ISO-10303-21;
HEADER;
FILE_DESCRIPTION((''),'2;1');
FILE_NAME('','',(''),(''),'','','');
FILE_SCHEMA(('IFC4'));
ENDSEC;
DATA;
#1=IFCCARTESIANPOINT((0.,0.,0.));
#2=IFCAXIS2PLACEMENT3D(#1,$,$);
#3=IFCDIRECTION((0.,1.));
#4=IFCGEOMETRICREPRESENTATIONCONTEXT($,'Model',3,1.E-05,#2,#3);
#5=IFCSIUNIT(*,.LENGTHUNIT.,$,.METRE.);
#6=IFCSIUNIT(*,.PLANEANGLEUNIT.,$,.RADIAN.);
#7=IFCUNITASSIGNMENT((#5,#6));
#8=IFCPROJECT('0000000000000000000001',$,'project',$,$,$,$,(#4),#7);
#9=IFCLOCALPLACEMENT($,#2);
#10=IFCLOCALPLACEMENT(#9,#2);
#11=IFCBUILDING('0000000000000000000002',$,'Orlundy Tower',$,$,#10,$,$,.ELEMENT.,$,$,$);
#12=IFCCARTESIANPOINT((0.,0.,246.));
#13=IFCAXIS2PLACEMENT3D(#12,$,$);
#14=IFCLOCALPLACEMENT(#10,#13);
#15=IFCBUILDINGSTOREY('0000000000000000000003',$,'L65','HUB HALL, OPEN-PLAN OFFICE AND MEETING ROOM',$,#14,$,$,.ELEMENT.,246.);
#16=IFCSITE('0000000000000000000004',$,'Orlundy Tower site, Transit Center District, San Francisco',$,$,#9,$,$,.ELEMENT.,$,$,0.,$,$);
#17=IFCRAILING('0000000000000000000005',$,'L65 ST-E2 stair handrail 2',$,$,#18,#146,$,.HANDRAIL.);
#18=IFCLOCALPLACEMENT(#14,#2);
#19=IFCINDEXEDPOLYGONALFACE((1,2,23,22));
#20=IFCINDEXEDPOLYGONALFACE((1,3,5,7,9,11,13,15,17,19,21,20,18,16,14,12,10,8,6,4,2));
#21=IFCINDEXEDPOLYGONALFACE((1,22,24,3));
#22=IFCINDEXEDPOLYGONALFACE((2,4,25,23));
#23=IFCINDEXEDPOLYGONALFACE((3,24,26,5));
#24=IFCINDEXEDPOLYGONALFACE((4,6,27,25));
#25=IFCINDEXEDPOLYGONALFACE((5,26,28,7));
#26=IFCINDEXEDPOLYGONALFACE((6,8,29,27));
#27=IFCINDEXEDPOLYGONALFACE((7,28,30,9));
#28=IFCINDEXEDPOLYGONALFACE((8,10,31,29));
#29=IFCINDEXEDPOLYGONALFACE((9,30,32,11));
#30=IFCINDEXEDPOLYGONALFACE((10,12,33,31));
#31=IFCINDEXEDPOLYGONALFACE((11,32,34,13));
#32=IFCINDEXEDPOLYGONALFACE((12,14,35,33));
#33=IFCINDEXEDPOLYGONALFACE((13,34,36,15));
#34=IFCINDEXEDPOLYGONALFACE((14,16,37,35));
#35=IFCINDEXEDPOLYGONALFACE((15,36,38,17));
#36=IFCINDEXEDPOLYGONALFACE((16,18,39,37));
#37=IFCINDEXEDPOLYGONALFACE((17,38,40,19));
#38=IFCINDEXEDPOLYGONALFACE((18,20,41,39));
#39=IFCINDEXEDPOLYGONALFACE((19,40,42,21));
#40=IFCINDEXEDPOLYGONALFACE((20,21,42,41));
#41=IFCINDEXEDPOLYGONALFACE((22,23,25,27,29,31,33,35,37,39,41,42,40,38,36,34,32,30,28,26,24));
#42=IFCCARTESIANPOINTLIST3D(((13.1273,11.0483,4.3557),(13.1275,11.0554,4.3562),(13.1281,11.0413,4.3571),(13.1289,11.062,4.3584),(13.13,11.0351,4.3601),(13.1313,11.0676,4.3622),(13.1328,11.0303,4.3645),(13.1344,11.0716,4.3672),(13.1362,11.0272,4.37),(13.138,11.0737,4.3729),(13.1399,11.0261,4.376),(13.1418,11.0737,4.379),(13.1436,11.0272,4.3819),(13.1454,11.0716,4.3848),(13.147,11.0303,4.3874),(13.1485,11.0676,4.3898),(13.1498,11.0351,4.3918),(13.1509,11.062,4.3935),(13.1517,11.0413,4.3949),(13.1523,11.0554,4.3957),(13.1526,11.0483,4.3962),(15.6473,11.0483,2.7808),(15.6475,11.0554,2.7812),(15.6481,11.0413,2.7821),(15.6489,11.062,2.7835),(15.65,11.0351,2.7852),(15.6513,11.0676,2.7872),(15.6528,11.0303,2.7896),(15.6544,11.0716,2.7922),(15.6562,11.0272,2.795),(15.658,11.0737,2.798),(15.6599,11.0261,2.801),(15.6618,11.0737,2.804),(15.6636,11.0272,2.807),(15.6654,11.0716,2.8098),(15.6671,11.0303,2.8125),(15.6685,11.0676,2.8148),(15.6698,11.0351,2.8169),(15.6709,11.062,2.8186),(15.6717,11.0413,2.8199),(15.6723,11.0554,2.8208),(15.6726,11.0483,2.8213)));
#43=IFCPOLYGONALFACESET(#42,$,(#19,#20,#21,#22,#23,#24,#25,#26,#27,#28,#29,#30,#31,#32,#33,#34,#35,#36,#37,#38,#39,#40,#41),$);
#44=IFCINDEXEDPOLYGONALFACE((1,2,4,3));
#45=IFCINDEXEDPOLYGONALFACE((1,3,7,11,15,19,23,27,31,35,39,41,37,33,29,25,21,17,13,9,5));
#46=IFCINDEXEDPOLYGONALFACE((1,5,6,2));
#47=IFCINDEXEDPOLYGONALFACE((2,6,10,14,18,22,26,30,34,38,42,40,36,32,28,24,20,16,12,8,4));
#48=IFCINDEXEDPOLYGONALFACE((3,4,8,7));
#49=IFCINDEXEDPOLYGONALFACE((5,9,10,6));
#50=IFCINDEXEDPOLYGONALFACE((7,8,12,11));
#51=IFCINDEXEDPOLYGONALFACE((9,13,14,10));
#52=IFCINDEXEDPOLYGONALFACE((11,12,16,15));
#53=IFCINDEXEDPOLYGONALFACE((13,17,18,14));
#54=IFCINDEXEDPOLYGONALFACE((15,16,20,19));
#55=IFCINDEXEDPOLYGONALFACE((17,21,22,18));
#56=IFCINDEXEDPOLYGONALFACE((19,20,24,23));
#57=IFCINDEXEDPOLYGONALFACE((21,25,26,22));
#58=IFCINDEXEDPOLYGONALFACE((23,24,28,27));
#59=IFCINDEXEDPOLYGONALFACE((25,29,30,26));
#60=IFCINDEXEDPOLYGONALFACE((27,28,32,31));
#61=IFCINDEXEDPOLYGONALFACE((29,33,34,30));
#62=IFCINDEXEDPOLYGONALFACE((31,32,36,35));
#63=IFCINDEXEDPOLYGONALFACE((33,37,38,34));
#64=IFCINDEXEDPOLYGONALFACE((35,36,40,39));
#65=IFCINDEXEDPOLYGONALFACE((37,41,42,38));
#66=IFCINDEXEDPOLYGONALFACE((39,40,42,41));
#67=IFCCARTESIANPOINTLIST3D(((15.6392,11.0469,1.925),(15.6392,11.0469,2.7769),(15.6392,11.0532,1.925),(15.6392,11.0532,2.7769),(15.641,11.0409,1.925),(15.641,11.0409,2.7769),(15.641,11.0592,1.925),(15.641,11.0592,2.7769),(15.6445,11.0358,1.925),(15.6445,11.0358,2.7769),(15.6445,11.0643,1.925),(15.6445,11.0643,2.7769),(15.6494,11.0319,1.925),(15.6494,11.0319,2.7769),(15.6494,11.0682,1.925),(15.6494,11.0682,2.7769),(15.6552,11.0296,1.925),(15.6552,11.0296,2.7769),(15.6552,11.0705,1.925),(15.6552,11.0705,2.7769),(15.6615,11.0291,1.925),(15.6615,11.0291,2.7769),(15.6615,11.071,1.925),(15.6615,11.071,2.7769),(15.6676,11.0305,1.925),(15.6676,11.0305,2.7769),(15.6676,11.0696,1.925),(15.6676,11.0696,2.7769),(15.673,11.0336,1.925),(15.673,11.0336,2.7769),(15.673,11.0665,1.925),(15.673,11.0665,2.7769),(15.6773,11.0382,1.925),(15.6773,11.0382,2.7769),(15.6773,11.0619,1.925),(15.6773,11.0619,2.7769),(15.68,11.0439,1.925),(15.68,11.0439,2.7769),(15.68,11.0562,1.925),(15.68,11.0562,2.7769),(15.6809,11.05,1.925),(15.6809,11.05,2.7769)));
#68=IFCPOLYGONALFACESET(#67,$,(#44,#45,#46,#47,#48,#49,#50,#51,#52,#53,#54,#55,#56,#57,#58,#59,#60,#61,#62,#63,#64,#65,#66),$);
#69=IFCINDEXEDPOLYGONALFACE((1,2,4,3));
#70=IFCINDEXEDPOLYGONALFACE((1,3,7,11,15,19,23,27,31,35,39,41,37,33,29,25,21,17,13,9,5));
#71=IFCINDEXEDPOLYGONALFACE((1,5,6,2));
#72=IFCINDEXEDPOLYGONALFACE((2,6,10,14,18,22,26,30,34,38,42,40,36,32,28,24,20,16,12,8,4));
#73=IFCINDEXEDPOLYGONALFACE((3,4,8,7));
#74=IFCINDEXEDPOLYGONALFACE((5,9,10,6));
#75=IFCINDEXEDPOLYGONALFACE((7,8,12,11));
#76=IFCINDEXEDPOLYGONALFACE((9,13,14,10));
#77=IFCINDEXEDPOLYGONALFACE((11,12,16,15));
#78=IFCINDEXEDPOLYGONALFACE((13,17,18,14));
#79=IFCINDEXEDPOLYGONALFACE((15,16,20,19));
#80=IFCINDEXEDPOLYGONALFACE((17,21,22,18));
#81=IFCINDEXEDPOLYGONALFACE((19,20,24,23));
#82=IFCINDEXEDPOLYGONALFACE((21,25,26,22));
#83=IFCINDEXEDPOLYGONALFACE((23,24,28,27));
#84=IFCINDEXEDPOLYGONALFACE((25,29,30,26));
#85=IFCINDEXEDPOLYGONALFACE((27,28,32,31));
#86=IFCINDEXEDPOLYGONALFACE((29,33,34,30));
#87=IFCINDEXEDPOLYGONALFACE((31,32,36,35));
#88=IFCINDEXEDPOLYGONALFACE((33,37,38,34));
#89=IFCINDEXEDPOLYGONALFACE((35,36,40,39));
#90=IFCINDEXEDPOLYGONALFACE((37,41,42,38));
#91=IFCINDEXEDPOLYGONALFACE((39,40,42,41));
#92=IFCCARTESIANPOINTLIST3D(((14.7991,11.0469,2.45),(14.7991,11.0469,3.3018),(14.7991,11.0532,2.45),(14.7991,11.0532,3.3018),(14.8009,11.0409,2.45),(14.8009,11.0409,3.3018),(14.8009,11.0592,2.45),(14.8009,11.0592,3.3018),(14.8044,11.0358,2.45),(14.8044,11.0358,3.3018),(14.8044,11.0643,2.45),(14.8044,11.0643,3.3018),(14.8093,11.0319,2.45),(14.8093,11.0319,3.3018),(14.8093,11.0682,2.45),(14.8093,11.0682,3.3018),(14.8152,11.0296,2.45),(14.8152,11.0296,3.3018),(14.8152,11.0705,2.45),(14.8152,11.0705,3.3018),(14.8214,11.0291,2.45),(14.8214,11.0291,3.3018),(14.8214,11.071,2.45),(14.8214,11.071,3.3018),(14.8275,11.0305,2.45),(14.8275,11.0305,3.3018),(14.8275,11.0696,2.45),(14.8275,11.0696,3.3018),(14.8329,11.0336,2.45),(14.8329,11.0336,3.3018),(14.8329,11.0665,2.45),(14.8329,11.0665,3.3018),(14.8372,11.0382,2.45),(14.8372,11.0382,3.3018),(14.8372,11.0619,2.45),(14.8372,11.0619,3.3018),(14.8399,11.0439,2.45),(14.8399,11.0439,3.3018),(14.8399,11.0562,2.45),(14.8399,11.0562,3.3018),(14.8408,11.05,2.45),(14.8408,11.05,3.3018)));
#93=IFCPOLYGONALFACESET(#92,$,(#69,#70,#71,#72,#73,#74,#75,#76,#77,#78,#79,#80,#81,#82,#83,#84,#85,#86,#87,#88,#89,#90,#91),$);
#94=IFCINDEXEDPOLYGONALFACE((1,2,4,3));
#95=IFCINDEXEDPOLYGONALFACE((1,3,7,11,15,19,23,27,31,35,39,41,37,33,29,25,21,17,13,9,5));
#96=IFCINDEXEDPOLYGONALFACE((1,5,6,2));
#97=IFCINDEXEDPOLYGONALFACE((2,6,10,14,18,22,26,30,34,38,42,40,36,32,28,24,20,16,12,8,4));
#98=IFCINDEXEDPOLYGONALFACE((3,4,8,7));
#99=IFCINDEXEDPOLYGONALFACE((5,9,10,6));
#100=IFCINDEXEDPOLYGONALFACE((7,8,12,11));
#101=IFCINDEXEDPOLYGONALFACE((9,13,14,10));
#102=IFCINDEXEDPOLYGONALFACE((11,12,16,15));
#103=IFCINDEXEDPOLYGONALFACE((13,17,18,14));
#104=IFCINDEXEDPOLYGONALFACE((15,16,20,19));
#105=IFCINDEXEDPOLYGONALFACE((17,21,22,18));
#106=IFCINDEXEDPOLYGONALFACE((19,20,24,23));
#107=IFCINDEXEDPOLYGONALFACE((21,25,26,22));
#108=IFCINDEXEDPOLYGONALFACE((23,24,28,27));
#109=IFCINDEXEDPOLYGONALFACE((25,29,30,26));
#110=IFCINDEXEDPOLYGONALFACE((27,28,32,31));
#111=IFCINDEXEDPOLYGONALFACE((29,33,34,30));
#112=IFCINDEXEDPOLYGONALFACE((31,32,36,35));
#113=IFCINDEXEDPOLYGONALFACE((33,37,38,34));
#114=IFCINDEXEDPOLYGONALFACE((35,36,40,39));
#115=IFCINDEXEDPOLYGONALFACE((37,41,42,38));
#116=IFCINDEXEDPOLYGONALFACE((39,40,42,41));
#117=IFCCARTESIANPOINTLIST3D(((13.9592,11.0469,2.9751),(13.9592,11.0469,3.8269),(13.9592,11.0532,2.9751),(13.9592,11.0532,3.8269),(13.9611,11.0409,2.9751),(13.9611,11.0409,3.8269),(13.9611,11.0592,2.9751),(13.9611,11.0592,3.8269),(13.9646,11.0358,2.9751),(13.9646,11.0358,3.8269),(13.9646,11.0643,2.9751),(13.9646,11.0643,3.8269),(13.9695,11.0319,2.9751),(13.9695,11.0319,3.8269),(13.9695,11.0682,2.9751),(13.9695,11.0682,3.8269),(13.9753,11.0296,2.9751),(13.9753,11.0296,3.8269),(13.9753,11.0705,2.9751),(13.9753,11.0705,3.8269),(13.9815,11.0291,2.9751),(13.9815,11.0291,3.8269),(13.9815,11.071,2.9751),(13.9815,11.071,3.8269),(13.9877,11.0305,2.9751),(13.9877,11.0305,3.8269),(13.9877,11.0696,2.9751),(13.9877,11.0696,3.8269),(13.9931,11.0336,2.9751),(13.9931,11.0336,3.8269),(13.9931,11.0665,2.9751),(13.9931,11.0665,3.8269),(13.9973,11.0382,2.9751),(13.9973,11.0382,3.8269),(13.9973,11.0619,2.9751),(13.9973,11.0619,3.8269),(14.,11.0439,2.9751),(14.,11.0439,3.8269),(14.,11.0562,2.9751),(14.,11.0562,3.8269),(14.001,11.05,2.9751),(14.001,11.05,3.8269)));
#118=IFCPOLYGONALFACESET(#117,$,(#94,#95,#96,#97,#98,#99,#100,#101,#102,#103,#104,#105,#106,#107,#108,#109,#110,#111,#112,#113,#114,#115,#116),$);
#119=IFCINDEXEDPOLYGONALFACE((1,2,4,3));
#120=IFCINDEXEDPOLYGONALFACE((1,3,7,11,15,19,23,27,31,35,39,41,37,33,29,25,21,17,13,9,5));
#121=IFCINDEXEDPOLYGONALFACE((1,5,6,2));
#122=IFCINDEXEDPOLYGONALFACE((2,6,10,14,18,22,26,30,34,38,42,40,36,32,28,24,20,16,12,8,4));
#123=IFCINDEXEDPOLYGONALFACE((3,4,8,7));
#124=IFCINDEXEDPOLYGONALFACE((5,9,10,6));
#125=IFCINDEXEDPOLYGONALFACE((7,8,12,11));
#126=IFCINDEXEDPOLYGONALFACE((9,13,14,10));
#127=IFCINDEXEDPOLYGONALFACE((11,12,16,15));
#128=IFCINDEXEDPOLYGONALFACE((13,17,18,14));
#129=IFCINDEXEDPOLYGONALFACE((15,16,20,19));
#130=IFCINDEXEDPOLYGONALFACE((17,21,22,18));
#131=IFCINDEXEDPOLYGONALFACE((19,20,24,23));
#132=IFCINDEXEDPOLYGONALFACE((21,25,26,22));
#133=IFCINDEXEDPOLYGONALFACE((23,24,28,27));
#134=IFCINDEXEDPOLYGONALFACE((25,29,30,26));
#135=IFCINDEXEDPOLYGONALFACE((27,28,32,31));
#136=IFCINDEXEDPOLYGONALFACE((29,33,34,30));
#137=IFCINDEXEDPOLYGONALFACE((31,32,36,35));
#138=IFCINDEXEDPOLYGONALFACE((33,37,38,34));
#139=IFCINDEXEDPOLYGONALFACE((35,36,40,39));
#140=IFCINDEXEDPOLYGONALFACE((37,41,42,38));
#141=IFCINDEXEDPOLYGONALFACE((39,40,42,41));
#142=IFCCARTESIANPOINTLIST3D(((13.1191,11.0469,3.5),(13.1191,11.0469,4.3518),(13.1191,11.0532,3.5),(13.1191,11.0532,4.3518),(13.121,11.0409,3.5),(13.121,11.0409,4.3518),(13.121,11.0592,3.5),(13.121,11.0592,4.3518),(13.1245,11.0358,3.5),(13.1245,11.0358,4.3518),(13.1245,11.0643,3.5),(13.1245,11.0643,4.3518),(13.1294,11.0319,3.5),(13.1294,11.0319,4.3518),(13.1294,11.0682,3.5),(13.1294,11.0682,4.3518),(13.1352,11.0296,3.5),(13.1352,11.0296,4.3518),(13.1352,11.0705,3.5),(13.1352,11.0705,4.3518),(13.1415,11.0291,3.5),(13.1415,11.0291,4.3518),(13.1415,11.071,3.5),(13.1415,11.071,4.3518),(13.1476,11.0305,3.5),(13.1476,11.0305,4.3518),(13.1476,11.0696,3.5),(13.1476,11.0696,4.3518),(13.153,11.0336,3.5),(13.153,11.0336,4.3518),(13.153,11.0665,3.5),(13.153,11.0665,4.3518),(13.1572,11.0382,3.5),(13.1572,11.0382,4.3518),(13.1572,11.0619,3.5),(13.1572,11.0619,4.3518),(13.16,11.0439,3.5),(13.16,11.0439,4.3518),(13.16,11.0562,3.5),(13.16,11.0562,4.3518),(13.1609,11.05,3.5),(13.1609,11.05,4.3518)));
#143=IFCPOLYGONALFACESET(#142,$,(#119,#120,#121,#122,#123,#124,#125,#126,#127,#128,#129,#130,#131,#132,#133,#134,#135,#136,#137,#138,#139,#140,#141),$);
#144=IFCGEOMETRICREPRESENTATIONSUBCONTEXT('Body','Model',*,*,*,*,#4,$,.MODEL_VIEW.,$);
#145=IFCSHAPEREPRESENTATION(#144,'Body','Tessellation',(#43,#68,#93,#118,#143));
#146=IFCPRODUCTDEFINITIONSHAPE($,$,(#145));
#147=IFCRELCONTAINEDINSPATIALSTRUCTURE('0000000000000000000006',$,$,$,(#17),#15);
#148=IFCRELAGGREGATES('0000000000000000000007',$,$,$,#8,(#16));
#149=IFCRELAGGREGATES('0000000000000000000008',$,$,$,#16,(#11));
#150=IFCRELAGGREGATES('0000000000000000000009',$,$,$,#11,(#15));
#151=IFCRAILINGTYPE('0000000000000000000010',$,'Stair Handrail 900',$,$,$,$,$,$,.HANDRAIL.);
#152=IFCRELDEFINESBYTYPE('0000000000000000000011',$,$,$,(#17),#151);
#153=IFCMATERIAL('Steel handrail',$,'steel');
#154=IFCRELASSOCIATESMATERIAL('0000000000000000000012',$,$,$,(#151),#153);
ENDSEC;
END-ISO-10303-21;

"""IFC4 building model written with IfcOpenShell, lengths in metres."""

from ifc_helpers import new_model, si_unit, direction, frame, origin, origin_2d, place, context, subcontext, project, spatial, circle, extrude, material, type_object, element, save


model = new_model("IFC4")

# Units and contexts
model_context = context("Model", 3, precision=1e-05, world=origin(), true_north=direction((0.0, 1.0)))
body_context = subcontext(model_context, "Body", "Model", "MODEL_VIEW")
ifc_project = project(units=[si_unit("LENGTHUNIT", "METRE"), si_unit("PLANEANGLEUNIT", "RADIAN")], contexts=[model_context])

# Site, building, storey
site_placement = place(None, origin())
site = spatial("IfcSite", under=ifc_project, at=site_placement, Name="Orlundy Tower site, Transit Center District, San Francisco", CompositionType="ELEMENT", RefElevation=0.0)
building_placement = place(site_placement, origin())
building = spatial("IfcBuilding", under=site, at=building_placement, Name="Orlundy Tower", CompositionType="ELEMENT")
storey_placement = place(building_placement, frame((0.0, 0.0, 246.0)))
storey = spatial("IfcBuildingStorey", under=building, at=storey_placement, Name="L65", Description="HUB HALL, OPEN-PLAN OFFICE AND MEETING ROOM", CompositionType="ELEMENT", Elevation=246.0)

# Railing
ifc_material_1 = material(Name="Steel handrail", Category="steel")
railing_type_1 = type_object("IfcRailingType", Name="Stair Handrail 900", PredefinedType="HANDRAIL", material=ifc_material_1)
railing_1_placement = place(storey_placement, frame((15.6599, 11.05, 1.925)))
element("IfcRailing", 1, at=railing_1_placement, inside=storey, type_object=railing_type_1, Name="L65 ST-E2 stair handrail 2", PredefinedType="HANDRAIL", context=body_context, shape_type="SweptSolid", body=[
    extrude(circle(Radius=0.0239, at=origin_2d()), frame((0.0, 0.0, 0.876), z_axis=(-0.848008, 0.0, 0.529984), x_axis=(0.0, -1.0, 0.0)), (0.0, 0.0, 1.0), 2.9717),
    extrude(circle(Radius=0.021, at=origin_2d()), origin(), (0.0, 0.0, 1.0), 0.8518),
    extrude(circle(Radius=0.021, at=origin_2d()), frame((-0.8401, 0.0, 0.5249)), (0.0, 0.0, 1.0), 0.8518),
    extrude(circle(Radius=0.021, at=origin_2d()), frame((-1.6799, 0.0, 1.05)), (0.0, 0.0, 1.0), 0.8518),
    extrude(circle(Radius=0.021, at=origin_2d()), frame((-2.52, 0.0, 1.575)), (0.0, 0.0, 1.0), 0.8518),
])

save(model, "model.ifc")
